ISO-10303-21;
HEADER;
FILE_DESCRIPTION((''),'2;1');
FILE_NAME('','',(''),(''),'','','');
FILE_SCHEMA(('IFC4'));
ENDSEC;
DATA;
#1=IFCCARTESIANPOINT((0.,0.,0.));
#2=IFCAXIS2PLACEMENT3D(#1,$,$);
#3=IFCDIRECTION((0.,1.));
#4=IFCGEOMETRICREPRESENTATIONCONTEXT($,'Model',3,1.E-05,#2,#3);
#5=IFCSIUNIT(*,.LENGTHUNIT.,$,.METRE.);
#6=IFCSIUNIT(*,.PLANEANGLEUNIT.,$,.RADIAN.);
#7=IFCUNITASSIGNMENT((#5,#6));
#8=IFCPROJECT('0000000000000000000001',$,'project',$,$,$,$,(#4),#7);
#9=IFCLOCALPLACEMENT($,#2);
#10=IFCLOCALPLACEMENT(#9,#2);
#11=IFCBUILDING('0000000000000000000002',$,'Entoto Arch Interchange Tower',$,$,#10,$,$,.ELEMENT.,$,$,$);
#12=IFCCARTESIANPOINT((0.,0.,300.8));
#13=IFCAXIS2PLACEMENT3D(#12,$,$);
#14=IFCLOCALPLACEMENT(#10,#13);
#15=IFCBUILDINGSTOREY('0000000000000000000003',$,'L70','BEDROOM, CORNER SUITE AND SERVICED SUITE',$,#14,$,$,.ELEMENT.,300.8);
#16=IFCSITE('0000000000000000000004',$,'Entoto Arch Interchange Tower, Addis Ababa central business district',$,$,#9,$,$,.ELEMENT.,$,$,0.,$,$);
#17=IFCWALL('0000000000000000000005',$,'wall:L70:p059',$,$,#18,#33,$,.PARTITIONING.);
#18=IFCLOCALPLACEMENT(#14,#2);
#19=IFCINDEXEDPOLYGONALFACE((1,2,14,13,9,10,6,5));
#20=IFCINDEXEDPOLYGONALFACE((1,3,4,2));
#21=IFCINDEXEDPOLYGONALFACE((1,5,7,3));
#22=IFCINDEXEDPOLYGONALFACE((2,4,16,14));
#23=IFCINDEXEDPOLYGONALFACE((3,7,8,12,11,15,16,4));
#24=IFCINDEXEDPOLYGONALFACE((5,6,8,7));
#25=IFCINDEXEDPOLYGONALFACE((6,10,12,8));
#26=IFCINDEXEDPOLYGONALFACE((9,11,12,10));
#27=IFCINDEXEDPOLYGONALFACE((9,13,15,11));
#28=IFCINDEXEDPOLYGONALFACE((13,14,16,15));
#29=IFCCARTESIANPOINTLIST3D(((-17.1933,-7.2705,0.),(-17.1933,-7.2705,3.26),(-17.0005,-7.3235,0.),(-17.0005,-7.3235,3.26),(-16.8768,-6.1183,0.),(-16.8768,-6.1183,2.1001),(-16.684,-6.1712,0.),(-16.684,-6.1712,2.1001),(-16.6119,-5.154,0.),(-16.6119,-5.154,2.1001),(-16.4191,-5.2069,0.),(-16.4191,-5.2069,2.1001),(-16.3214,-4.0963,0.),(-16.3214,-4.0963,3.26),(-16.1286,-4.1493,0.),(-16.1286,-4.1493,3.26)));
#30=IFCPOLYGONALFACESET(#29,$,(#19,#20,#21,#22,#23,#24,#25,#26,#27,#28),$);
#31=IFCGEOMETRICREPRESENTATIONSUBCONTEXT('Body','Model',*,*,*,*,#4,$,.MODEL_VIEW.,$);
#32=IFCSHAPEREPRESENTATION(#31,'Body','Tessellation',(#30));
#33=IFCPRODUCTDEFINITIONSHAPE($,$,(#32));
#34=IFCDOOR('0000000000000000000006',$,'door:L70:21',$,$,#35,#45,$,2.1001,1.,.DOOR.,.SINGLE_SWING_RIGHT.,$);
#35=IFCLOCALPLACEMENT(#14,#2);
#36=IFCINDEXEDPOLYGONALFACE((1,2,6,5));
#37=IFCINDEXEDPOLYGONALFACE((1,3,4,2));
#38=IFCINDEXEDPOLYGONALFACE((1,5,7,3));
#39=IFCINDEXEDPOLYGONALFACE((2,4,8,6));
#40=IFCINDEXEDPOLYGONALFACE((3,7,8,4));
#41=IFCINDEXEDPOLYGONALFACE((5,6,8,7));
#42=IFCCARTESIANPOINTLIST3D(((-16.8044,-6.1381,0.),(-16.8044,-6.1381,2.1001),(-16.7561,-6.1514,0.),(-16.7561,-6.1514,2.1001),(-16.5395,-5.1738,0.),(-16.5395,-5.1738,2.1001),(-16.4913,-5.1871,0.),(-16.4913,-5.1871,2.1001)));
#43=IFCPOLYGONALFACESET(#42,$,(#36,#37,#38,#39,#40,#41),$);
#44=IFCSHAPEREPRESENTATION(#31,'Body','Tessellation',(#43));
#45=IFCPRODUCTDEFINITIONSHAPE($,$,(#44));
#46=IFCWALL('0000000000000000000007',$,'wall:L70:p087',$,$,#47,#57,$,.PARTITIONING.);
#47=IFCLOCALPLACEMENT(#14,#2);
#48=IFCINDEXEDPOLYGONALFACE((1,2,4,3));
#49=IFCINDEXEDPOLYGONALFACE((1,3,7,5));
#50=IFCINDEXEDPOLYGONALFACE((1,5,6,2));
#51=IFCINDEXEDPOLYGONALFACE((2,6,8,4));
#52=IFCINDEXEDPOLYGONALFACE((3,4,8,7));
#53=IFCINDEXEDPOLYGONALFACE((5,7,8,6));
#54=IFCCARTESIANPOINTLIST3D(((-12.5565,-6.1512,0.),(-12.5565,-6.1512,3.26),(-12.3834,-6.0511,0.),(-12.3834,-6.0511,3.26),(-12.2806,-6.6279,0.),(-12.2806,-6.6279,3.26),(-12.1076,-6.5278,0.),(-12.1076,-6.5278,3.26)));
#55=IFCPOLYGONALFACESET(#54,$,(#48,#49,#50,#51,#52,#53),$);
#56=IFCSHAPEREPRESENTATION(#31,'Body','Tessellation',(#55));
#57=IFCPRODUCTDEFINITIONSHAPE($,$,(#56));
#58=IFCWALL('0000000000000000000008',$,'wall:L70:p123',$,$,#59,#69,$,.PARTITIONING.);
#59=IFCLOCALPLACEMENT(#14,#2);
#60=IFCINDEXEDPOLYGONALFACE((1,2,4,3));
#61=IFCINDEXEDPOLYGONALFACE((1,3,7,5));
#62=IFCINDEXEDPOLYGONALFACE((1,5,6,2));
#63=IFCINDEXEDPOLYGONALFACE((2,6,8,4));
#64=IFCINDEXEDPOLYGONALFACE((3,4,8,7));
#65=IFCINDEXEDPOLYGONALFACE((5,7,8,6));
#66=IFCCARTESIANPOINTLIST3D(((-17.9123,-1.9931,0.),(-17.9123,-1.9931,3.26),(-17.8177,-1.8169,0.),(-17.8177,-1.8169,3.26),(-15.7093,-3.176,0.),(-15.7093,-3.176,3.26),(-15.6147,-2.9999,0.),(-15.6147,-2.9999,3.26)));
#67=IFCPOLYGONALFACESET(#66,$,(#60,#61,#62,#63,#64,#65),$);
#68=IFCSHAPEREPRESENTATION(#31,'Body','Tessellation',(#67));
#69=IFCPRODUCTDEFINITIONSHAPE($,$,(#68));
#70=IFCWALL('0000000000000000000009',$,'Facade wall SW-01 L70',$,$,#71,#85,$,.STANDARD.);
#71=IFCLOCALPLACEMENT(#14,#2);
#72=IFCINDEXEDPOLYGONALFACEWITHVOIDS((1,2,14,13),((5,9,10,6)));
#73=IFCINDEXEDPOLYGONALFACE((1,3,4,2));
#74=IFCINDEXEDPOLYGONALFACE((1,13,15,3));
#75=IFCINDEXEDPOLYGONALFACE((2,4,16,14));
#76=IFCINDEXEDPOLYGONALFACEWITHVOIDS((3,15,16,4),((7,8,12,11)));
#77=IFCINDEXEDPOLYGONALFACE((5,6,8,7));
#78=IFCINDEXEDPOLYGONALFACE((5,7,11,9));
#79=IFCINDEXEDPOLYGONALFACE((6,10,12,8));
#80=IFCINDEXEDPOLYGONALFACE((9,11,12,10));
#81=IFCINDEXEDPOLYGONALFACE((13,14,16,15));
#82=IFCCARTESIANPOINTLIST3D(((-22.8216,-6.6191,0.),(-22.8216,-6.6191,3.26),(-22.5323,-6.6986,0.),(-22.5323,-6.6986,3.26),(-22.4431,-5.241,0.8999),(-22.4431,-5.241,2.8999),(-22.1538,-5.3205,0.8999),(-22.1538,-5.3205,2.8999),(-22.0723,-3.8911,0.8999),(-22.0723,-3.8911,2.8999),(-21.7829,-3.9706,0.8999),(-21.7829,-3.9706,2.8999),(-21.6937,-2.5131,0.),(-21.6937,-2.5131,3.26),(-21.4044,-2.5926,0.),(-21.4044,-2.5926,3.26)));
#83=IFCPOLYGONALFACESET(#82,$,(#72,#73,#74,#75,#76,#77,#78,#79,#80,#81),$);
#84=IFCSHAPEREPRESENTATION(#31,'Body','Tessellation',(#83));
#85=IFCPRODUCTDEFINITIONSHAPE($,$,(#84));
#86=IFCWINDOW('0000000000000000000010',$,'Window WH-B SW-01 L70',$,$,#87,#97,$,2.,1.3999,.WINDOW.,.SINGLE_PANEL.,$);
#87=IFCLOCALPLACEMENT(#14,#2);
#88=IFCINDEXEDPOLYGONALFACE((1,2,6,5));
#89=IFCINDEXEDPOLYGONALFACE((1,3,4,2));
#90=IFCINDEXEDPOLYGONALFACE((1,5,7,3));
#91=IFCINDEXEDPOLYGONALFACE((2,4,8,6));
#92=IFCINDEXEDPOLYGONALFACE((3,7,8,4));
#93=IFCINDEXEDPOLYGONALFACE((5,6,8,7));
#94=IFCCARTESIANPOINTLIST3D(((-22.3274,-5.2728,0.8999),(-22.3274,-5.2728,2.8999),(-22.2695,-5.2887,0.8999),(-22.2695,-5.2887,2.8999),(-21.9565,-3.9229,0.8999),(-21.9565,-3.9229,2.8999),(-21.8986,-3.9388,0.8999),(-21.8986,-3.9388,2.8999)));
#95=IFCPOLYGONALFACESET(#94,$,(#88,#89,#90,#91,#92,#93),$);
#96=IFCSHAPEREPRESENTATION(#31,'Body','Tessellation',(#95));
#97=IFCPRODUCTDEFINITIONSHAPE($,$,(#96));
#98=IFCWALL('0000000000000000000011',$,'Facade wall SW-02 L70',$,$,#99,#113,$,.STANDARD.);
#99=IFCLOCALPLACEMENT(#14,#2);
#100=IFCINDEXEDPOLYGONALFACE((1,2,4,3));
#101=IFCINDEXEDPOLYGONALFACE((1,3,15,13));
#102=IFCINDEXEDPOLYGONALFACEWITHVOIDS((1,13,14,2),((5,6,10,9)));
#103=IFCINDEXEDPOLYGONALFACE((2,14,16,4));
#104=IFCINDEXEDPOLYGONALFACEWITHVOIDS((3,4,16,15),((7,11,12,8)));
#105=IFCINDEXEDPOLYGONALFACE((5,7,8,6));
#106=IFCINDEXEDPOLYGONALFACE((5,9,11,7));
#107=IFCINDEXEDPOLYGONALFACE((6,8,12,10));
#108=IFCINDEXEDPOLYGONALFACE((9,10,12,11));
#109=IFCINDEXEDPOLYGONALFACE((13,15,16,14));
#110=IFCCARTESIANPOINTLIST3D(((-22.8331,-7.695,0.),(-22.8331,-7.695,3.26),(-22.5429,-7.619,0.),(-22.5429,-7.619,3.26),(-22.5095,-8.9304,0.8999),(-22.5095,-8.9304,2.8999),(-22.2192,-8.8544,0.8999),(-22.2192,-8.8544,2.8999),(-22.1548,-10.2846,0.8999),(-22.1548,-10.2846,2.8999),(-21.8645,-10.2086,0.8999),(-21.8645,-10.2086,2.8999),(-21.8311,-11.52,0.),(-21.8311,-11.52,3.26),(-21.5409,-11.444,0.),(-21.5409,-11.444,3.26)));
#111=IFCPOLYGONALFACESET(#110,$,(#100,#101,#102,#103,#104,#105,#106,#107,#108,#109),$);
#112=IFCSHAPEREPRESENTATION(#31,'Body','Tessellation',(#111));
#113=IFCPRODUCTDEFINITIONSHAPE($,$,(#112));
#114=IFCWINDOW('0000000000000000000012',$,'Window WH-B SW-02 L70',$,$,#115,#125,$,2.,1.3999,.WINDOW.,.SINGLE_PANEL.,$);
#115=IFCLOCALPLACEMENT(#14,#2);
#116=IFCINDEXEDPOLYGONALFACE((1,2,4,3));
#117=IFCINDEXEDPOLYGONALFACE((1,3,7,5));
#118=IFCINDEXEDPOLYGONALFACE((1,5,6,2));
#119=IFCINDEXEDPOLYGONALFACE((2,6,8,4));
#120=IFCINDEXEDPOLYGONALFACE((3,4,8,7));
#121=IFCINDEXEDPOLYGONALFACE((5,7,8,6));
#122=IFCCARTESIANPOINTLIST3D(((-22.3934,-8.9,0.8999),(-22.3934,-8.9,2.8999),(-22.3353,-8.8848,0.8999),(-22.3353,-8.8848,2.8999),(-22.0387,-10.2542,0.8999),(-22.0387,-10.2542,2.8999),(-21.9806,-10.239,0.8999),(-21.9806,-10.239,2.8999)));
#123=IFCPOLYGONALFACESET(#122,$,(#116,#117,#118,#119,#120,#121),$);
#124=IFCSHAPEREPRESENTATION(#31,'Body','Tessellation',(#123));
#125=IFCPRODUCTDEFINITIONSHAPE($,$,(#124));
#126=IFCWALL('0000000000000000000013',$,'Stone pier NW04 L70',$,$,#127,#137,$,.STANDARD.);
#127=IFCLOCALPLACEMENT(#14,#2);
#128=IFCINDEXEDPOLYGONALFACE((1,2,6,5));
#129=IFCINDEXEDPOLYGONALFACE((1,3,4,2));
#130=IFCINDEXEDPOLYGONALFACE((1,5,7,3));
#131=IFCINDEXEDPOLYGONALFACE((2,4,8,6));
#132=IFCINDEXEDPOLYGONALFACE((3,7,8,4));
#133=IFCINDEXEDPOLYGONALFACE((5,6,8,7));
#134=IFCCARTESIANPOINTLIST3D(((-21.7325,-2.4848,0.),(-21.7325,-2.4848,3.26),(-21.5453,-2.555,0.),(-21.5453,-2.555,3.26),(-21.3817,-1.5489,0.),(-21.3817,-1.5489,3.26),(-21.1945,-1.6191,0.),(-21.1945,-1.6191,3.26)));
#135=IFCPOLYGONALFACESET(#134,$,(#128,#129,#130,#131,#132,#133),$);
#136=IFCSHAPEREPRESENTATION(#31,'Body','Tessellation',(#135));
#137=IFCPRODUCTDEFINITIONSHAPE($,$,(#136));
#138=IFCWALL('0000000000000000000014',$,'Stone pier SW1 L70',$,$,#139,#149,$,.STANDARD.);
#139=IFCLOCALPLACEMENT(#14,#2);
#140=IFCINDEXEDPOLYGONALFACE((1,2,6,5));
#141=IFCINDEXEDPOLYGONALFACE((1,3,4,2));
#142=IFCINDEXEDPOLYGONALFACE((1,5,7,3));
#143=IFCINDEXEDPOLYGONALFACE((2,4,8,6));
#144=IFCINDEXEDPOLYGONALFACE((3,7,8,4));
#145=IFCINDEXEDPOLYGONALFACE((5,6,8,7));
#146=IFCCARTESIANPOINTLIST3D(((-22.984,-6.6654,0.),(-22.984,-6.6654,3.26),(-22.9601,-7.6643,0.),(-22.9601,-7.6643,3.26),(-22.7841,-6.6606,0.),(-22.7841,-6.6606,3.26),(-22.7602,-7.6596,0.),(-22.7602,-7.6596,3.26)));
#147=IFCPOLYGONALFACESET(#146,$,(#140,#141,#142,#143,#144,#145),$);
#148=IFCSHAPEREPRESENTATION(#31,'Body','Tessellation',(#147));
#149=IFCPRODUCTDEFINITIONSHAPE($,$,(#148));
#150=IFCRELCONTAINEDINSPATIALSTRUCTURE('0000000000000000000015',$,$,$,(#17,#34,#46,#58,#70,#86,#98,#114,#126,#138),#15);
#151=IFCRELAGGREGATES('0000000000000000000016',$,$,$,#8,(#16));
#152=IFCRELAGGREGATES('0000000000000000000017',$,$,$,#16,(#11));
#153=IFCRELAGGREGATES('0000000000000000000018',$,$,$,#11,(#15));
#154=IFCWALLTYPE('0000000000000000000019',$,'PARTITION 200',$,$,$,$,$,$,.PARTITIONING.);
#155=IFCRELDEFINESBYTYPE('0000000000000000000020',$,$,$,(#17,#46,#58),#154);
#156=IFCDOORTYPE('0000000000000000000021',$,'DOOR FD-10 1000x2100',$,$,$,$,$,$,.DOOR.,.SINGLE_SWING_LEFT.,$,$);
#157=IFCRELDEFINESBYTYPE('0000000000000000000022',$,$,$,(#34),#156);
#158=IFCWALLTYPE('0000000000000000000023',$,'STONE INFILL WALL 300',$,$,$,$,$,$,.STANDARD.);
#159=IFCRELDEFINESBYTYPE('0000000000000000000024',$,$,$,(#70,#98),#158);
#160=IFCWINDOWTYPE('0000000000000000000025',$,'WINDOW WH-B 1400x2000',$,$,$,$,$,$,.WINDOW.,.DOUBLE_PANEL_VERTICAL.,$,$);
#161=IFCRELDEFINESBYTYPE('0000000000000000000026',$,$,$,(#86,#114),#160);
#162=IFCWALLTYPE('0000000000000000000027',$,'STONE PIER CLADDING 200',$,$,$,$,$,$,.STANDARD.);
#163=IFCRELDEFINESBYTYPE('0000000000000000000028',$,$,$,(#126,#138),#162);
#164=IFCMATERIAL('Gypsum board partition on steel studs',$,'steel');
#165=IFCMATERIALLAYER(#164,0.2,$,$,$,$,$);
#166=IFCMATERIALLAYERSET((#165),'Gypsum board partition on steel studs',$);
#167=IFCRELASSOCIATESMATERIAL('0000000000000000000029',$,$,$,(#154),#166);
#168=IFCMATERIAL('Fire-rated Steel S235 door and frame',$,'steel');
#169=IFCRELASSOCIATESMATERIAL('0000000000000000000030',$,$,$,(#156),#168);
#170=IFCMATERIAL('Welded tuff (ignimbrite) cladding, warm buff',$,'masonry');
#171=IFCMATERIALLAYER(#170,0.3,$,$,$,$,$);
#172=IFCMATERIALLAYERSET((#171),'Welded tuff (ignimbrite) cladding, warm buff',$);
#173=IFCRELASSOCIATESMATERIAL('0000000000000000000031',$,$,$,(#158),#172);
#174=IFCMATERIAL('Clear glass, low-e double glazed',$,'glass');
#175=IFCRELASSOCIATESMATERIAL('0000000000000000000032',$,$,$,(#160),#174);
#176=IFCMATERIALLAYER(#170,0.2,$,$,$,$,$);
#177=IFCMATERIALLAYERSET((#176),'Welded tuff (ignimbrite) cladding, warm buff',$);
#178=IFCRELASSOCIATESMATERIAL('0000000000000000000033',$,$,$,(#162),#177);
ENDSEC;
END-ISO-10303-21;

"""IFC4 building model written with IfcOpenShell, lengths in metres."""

from ifc_helpers import new_model, si_unit, direction, frame, frame_2d, origin, place, context, subcontext, project, spatial, rectangle, extrude, material, layer, layer_set, type_object, element, fill, save


model = new_model("IFC4")

# Units and contexts
model_context = context("Model", 3, precision=1e-05, world=origin(), true_north=direction((0.0, 1.0)))
body_context = subcontext(model_context, "Body", "Model", "MODEL_VIEW")
ifc_project = project(units=[si_unit("LENGTHUNIT", "METRE"), si_unit("PLANEANGLEUNIT", "RADIAN")], contexts=[model_context])

# Site, building, storey
site_placement = place(None, origin())
site = spatial("IfcSite", under=ifc_project, at=site_placement, Name="Entoto Arch Interchange Tower, Addis Ababa central business district", CompositionType="ELEMENT", RefElevation=0.0)
building_placement = place(site_placement, origin())
building = spatial("IfcBuilding", under=site, at=building_placement, Name="Entoto Arch Interchange Tower", CompositionType="ELEMENT")
storey_placement = place(building_placement, frame((0.0, 0.0, 300.8)))
storey = spatial("IfcBuildingStorey", under=building, at=storey_placement, Name="L70", Description="BEDROOM, CORNER SUITE AND SERVICED SUITE", CompositionType="ELEMENT", Elevation=300.8)

# Shared definitions
ifc_material_1 = material(Name="Gypsum board partition on steel studs", Category="steel")
ifc_layer_1 = layer(ifc_material_1, 0.2)
ifc_layer_set_1 = layer_set([ifc_layer_1], Name="Gypsum board partition on steel studs")
wall_type_1 = type_object("IfcWallType", Name="PARTITION 200", PredefinedType="PARTITIONING", material=ifc_layer_set_1)

# Wall, opening, door
wall_1_placement = place(storey_placement, frame((-17.0969, -7.2971, 0.0), z_axis=(0.0, 0.0, 1.0), x_axis=(0.264862, 0.964286, 0.0)))
wall_1 = element("IfcWall", 1, at=wall_1_placement, inside=storey, type_object=wall_type_1, Name="wall:L70:p059", PredefinedType="PARTITIONING", context=body_context, shape_type="SweptSolid", body=[
    extrude(rectangle(XDim=3.2917, YDim=0.2, at=frame_2d((1.646, 0.0))), origin(), (0.0, 0.0, 1.0), 3.26),
])
opening_1_placement = place(wall_1_placement, frame((1.1951, 0.0, 0.0)))
opening_1 = element("IfcOpeningElement", 2, at=opening_1_placement, cuts=wall_1, PredefinedType="OPENING", context=body_context, shape_type="SweptSolid", body=[
    extrude(rectangle(XDim=1.0, YDim=2.1001, at=frame_2d((0.5, 1.05))), frame((0.0, 0.1099, 0.0), z_axis=(0.0, -1.0, 0.0), x_axis=(1.0, 0.0, 0.0)), (0.0, 0.0, 1.0), 0.22),
])
ifc_material_2 = material(Name="Fire-rated Steel S235 door and frame", Category="steel")
door_type_1 = type_object("IfcDoorType", Name="DOOR FD-10 1000x2100", OperationType="SINGLE_SWING_LEFT", PredefinedType="DOOR", material=ifc_material_2)
door_1_placement = place(opening_1_placement, origin())
door_1 = element("IfcDoor", 3, at=door_1_placement, inside=storey, type_object=door_type_1, Name="door:L70:21", OperationType="SINGLE_SWING_RIGHT", OverallHeight=2.1001, OverallWidth=1.0, PredefinedType="DOOR", context=body_context, shape_type="SweptSolid", body=[
    extrude(rectangle(XDim=1.0, YDim=2.1001, at=frame_2d((0.5, 1.05))), frame((0.0, 0.0249, 0.0), z_axis=(0.0, -1.0, 0.0), x_axis=(1.0, 0.0, 0.0)), (0.0, 0.0, 1.0), 0.05),
])
fill(opening_1, door_1)

# Walls
wall_2_placement = place(storey_placement, frame((-12.1941, -6.5779, 0.0), z_axis=(0.0, 0.0, 1.0), x_axis=(-0.500809, 0.865558, 0.0)))
element("IfcWall", 4, at=wall_2_placement, inside=storey, type_object=wall_type_1, Name="wall:L70:p087", PredefinedType="PARTITIONING", context=body_context, shape_type="SweptSolid", body=[
    extrude(rectangle(XDim=0.5508, YDim=0.2, at=frame_2d((0.2754, 0.0))), origin(), (0.0, 0.0, 1.0), 3.26),
])
wall_3_placement = place(storey_placement, frame((-17.865, -1.905, 0.0), z_axis=(0.0, 0.0, 1.0), x_axis=(0.881022, -0.473075, 0.0)))
element("IfcWall", 5, at=wall_3_placement, inside=storey, type_object=wall_type_1, Name="wall:L70:p123", PredefinedType="PARTITIONING", context=body_context, shape_type="SweptSolid", body=[
    extrude(rectangle(XDim=2.5005, YDim=0.2, at=frame_2d((1.2502, 0.0))), origin(), (0.0, 0.0, 1.0), 3.26),
])

# Walls, openings, windows
ifc_material_3 = material(Name="Welded tuff (ignimbrite) cladding, warm buff", Category="masonry")
ifc_layer_2 = layer(ifc_material_3, 0.3)
ifc_layer_set_2 = layer_set([ifc_layer_2], Name="Welded tuff (ignimbrite) cladding, warm buff")
wall_type_2 = type_object("IfcWallType", Name="STONE INFILL WALL 300", PredefinedType="STANDARD", material=ifc_layer_set_2)
wall_4_placement = place(storey_placement, frame((-21.5491, -2.553, 0.0), z_axis=(0.0, 0.0, 1.0), x_axis=(-0.264893, -0.964278, 0.0)))
wall_4 = element("IfcWall", 6, at=wall_4_placement, inside=storey, type_object=wall_type_2, Name="Facade wall SW-01 L70", PredefinedType="STANDARD", context=body_context, shape_type="SweptSolid", body=[
    extrude(rectangle(XDim=4.2581, YDim=0.3, at=frame_2d((2.1289, 0.0))), origin(), (0.0, 0.0, 1.0), 3.26),
])
opening_2_placement = place(wall_4_placement, frame((1.429, 0.0, 0.8999)))
opening_2 = element("IfcOpeningElement", 7, at=opening_2_placement, cuts=wall_4, PredefinedType="OPENING", context=body_context, shape_type="SweptSolid", body=[
    extrude(rectangle(XDim=1.3999, YDim=2.0, at=frame_2d((0.7, 1.0))), frame((0.0, 0.1602, 0.0), z_axis=(0.0, -1.0, 0.0), x_axis=(1.0, 0.0, 0.0)), (0.0, 0.0, 1.0), 0.3201),
])
ifc_material_4 = material(Name="Clear glass, low-e double glazed", Category="glass")
window_type = type_object("IfcWindowType", Name="WINDOW WH-B 1400x2000", PartitioningType="DOUBLE_PANEL_VERTICAL", PredefinedType="WINDOW", material=ifc_material_4)
window_1_placement = place(opening_2_placement, origin())
window_1 = element("IfcWindow", 8, at=window_1_placement, inside=storey, type_object=window_type, Name="Window WH-B SW-01 L70", OverallHeight=2.0, OverallWidth=1.3999, PartitioningType="SINGLE_PANEL", PredefinedType="WINDOW", context=body_context, shape_type="SweptSolid", body=[
    extrude(rectangle(XDim=1.3999, YDim=2.0, at=frame_2d((0.7, 1.0))), frame((0.0, 0.03, 0.0), z_axis=(0.0, -1.0, 0.0), x_axis=(1.0, 0.0, 0.0)), (0.0, 0.0, 1.0), 0.0601),
])
fill(opening_2, window_1)
wall_5_placement = place(storey_placement, frame((-22.688, -7.657, 0.0), z_axis=(0.0, 0.0, 1.0), x_axis=(0.253402, -0.967361, 0.0)))
wall_5 = element("IfcWall", 9, at=wall_5_placement, inside=storey, type_object=wall_type_2, Name="Facade wall SW-02 L70", PredefinedType="STANDARD", context=body_context, shape_type="SweptSolid", body=[
    extrude(rectangle(XDim=3.9541, YDim=0.3, at=frame_2d((1.9771, 0.0))), origin(), (0.0, 0.0, 1.0), 3.26),
])
opening_3_placement = place(wall_5_placement, frame((1.2771, 0.0, 0.8999)))
opening_3 = element("IfcOpeningElement", 10, at=opening_3_placement, cuts=wall_5, PredefinedType="OPENING", context=body_context, shape_type="SweptSolid", body=[
    extrude(rectangle(XDim=1.3999, YDim=2.0, at=frame_2d((0.7, 1.0))), frame((0.0, 0.1602, 0.0), z_axis=(0.0, -1.0, 0.0), x_axis=(1.0, 0.0, 0.0)), (0.0, 0.0, 1.0), 0.3201),
])
window_2_placement = place(opening_3_placement, origin())
window_2 = element("IfcWindow", 11, at=window_2_placement, inside=storey, type_object=window_type, Name="Window WH-B SW-02 L70", OverallHeight=2.0, OverallWidth=1.3999, PartitioningType="SINGLE_PANEL", PredefinedType="WINDOW", context=body_context, shape_type="SweptSolid", body=[
    extrude(rectangle(XDim=1.3999, YDim=2.0, at=frame_2d((0.7, 1.0))), frame((0.0, 0.03, 0.0), z_axis=(0.0, -1.0, 0.0), x_axis=(1.0, 0.0, 0.0)), (0.0, 0.0, 1.0), 0.0601),
])
fill(opening_3, window_2)

# Walls
ifc_layer_3 = layer(ifc_material_3, 0.2)
ifc_layer_set_3 = layer_set([ifc_layer_3], Name="Welded tuff (ignimbrite) cladding, warm buff")
wall_type_3 = type_object("IfcWallType", Name="STONE PIER CLADDING 200", PredefinedType="STANDARD", material=ifc_layer_set_3)
wall_6_placement = place(storey_placement, frame((-21.2881, -1.584, 0.0), z_axis=(0.0, 0.0, 1.0), x_axis=(-0.350963, -0.936389, 0.0)))
element("IfcWall", 12, at=wall_6_placement, inside=storey, type_object=wall_type_3, Name="Stone pier NW04 L70", PredefinedType="STANDARD", context=body_context, shape_type="SweptSolid", body=[
    extrude(rectangle(XDim=0.9995, YDim=0.2, at=frame_2d((0.4998, 0.0))), origin(), (0.0, 0.0, 1.0), 3.26),
])
wall_7_placement = place(storey_placement, frame((-22.884, -6.6631, 0.0), z_axis=(0.0, 0.0, 1.0), x_axis=(0.023942, -0.999713, 0.0)))
element("IfcWall", 13, at=wall_7_placement, inside=storey, type_object=wall_type_3, Name="Stone pier SW1 L70", PredefinedType="STANDARD", context=body_context, shape_type="SweptSolid", body=[
    extrude(rectangle(XDim=0.9993, YDim=0.2, at=frame_2d((0.4995, 0.0))), origin(), (0.0, 0.0, 1.0), 3.26),
])

save(model, "model.ifc")
